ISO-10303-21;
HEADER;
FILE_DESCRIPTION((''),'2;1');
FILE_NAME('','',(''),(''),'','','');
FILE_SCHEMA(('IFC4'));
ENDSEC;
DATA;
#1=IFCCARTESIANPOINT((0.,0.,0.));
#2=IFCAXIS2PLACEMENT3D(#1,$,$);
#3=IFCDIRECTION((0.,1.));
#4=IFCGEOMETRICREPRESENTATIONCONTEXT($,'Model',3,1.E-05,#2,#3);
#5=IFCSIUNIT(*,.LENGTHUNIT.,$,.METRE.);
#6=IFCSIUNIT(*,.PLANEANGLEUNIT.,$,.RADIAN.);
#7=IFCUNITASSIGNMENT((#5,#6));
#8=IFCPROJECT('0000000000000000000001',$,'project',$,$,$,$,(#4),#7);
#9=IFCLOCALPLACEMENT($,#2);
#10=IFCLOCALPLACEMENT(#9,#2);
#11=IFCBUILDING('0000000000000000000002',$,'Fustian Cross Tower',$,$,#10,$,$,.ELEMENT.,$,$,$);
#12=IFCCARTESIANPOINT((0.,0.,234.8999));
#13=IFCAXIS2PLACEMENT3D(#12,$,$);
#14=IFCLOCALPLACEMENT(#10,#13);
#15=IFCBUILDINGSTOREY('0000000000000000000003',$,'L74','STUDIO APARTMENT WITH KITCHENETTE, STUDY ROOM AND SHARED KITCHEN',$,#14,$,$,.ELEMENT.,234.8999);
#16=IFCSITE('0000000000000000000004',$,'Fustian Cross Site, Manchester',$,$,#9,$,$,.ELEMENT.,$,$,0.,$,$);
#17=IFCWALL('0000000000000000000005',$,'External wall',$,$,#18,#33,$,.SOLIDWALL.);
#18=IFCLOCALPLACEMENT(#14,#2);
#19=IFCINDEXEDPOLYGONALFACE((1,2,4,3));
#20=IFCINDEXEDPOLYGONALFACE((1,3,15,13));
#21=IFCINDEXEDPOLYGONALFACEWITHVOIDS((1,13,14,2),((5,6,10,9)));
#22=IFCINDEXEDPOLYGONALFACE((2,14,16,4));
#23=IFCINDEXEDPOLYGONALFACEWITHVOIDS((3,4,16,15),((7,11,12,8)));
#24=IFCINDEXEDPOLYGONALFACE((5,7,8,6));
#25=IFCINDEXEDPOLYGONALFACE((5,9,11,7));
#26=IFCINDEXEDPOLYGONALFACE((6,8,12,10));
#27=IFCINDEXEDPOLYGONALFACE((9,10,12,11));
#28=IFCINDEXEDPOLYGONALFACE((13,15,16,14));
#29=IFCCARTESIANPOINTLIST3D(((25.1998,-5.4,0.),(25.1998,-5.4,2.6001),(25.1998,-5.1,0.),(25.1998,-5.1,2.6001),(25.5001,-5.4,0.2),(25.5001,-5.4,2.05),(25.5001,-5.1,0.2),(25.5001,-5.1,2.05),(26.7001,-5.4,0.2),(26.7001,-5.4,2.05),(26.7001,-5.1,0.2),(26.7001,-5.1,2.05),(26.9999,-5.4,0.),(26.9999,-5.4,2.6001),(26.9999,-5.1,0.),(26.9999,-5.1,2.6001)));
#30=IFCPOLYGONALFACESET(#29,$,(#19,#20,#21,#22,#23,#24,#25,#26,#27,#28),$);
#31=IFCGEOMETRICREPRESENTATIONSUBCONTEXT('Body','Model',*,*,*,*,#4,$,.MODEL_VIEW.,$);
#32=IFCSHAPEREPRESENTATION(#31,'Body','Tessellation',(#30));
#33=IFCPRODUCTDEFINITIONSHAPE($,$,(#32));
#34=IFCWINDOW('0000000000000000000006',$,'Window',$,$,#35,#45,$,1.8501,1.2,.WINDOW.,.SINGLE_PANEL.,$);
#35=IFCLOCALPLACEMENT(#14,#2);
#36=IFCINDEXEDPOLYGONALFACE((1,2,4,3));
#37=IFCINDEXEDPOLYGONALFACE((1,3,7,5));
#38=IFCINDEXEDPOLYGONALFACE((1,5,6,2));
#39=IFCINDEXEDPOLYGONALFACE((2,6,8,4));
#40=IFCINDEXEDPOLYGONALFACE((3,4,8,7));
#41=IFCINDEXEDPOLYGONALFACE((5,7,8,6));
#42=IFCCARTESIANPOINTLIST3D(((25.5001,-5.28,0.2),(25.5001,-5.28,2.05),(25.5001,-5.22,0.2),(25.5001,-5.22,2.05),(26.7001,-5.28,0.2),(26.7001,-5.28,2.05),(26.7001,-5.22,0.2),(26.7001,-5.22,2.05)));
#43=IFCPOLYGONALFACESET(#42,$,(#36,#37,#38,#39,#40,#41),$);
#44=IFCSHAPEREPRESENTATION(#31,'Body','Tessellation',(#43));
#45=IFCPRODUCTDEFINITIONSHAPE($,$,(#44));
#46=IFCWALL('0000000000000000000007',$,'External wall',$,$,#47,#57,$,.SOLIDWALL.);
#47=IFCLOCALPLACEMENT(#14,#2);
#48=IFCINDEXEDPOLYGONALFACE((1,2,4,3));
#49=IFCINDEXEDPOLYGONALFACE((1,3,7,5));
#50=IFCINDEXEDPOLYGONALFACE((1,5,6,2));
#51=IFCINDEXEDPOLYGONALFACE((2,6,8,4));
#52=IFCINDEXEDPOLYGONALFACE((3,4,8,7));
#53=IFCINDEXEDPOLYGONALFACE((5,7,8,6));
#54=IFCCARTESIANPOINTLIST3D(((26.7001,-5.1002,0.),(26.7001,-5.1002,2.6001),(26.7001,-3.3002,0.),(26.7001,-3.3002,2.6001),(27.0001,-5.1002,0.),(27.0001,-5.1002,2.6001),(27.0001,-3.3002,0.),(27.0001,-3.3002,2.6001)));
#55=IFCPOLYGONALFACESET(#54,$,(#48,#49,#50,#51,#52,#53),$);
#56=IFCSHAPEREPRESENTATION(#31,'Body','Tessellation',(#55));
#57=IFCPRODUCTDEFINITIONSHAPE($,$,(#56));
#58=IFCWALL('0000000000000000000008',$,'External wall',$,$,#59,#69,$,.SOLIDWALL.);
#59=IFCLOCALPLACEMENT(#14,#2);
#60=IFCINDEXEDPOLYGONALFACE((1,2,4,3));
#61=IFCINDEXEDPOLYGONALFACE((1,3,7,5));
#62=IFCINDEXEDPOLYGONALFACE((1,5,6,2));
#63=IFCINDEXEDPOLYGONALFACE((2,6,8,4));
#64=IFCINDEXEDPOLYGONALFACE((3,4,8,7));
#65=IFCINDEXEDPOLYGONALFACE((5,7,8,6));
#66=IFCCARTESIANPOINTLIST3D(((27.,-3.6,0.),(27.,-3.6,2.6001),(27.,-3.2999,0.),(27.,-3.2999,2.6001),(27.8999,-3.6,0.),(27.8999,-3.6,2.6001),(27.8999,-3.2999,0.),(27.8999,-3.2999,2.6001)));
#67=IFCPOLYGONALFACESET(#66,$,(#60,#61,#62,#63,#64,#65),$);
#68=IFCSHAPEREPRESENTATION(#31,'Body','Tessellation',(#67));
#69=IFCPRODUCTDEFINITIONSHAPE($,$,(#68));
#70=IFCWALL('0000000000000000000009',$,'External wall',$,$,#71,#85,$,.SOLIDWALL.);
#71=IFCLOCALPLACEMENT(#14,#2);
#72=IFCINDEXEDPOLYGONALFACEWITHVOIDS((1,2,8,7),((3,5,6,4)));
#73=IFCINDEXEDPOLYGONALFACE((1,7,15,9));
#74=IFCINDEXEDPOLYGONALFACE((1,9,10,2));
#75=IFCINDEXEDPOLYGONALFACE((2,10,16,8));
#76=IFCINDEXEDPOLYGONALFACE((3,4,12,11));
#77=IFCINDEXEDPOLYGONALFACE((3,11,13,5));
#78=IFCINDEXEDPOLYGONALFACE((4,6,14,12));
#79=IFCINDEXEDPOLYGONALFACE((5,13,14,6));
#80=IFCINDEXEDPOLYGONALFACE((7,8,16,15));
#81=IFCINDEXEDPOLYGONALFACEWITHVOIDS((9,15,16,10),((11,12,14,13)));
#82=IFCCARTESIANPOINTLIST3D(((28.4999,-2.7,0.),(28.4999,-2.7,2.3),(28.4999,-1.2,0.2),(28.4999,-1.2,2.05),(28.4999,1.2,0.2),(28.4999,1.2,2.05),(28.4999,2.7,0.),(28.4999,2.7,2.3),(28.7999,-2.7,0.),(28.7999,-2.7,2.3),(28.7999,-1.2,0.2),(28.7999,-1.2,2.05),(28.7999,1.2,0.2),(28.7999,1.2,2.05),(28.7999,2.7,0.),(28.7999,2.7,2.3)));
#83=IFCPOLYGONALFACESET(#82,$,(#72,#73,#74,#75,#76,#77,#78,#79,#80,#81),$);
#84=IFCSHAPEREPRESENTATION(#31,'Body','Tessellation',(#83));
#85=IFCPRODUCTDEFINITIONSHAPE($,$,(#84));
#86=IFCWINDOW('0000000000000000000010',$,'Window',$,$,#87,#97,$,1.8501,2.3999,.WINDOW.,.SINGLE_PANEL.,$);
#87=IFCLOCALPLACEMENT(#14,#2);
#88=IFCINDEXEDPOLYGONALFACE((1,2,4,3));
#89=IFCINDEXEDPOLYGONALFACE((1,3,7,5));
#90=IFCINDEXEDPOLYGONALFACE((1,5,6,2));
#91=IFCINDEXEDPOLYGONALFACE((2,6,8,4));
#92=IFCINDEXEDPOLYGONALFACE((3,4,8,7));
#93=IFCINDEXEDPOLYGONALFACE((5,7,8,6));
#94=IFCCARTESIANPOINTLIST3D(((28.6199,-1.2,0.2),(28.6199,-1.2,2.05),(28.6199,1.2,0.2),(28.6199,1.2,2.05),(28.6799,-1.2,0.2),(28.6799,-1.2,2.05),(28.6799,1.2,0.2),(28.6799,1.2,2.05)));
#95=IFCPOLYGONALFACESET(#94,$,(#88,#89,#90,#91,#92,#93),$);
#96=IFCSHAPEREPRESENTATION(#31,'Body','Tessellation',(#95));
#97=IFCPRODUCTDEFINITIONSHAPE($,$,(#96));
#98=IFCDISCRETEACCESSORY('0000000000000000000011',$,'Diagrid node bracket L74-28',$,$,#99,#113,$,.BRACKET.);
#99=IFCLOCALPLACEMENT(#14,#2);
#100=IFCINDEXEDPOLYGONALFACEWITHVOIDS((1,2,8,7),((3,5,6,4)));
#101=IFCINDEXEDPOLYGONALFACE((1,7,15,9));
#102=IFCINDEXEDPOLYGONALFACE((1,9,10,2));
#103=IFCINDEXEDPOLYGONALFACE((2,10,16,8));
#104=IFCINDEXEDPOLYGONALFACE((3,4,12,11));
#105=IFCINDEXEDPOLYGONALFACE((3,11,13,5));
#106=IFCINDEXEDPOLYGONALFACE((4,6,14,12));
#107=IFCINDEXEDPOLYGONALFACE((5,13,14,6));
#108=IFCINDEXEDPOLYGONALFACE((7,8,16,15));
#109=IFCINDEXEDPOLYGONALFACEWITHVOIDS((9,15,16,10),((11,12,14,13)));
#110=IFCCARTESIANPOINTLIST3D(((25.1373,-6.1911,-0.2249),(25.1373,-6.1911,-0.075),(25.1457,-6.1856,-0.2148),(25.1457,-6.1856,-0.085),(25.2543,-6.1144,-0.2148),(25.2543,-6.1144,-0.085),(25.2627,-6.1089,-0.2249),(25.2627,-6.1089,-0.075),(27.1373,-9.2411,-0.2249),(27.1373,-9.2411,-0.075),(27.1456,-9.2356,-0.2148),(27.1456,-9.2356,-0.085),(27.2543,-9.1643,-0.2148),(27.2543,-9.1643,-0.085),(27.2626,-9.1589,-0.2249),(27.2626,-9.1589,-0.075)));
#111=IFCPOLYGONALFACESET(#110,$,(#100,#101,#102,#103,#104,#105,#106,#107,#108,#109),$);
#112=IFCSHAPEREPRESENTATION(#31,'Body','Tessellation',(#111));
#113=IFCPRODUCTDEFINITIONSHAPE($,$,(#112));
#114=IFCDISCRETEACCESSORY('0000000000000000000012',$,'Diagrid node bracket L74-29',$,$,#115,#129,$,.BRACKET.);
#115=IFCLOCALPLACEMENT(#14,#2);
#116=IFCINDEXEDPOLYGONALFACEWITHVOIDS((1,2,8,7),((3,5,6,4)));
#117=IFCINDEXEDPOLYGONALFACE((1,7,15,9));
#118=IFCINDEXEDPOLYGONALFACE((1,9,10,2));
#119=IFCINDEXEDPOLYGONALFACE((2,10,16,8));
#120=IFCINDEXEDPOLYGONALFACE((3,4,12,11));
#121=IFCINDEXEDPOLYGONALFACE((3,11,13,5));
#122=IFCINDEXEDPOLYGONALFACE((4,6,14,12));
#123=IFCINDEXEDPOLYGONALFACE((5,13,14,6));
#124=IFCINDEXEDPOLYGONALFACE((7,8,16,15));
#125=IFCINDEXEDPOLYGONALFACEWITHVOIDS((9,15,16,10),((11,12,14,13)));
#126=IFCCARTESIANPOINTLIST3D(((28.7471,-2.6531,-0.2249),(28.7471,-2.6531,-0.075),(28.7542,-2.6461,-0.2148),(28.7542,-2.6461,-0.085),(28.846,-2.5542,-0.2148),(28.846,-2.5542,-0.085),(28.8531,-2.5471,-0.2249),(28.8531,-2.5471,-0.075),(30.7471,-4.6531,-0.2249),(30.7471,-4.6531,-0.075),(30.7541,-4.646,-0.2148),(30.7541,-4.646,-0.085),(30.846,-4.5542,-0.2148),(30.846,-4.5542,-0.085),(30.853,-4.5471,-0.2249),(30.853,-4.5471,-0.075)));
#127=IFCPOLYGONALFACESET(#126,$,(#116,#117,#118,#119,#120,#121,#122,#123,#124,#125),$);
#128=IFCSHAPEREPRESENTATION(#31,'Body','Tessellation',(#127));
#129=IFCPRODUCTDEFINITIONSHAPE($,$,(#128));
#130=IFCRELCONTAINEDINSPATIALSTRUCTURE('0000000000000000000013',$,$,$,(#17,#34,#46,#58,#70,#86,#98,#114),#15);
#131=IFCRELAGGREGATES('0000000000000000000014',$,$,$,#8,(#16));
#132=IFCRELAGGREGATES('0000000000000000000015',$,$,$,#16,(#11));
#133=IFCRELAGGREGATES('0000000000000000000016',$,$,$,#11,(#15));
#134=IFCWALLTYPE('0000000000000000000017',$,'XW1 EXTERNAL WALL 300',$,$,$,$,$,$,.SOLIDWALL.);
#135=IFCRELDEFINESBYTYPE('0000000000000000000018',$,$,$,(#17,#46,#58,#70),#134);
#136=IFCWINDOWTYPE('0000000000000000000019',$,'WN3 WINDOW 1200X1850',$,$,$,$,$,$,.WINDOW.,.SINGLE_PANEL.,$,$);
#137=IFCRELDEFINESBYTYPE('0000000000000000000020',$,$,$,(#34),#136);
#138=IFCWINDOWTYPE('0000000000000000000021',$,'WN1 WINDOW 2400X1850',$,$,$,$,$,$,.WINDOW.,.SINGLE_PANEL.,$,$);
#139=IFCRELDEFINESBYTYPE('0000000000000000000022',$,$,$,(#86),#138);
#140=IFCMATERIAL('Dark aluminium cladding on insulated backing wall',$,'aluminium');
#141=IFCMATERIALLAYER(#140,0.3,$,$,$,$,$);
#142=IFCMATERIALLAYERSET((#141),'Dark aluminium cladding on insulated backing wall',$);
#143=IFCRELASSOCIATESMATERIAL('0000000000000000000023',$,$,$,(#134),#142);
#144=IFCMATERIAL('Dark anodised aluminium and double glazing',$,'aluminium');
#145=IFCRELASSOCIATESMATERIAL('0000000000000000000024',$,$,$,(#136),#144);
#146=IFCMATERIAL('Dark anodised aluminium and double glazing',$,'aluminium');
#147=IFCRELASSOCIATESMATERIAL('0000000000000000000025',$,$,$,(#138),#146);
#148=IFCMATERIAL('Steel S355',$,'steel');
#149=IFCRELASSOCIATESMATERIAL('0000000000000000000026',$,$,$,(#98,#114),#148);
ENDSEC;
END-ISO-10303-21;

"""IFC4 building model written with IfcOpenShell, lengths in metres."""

from ifc_helpers import new_model, si_unit, direction, frame, frame_2d, origin, origin_2d, place, context, subcontext, project, spatial, rectangle, hollow_rectangle, extrude, material, layer, layer_set, type_object, element, fill, save


model = new_model("IFC4")

# Units and contexts
model_context = context("Model", 3, precision=1e-05, world=origin(), true_north=direction((0.0, 1.0)))
body_context = subcontext(model_context, "Body", "Model", "MODEL_VIEW")
ifc_project = project(units=[si_unit("LENGTHUNIT", "METRE"), si_unit("PLANEANGLEUNIT", "RADIAN")], contexts=[model_context])

# Site, building, storey
site_placement = place(None, origin())
site = spatial("IfcSite", under=ifc_project, at=site_placement, Name="Fustian Cross Site, Manchester", CompositionType="ELEMENT", RefElevation=0.0)
building_placement = place(site_placement, origin())
building = spatial("IfcBuilding", under=site, at=building_placement, Name="Fustian Cross Tower", CompositionType="ELEMENT")
storey_placement = place(building_placement, frame((0.0, 0.0, 234.8999)))
storey = spatial("IfcBuildingStorey", under=building, at=storey_placement, Name="L74", Description="STUDIO APARTMENT WITH KITCHENETTE, STUDY ROOM AND SHARED KITCHEN", CompositionType="ELEMENT", Elevation=234.8999)

# Shared definitions
ifc_material_1 = material(Name="Dark aluminium cladding on insulated backing wall", Category="aluminium")
ifc_layer_1 = layer(ifc_material_1, 0.3)
ifc_layer_set_1 = layer_set([ifc_layer_1], Name="Dark aluminium cladding on insulated backing wall")
wall_type_1 = type_object("IfcWallType", Name="XW1 EXTERNAL WALL 300", PredefinedType="SOLIDWALL", material=ifc_layer_set_1)
ifc_material_2 = material(Name="Dark anodised aluminium and double glazing", Category="aluminium")
window_type_1 = type_object("IfcWindowType", Name="WN3 WINDOW 1200X1850", PartitioningType="SINGLE_PANEL", PredefinedType="WINDOW", material=ifc_material_2)

# Wall, opening, window
wall_1_placement = place(storey_placement, frame((25.2, -5.25, 0.0), z_axis=(0.0, 0.0, 1.0), x_axis=(1.0, 0.0, 0.0)))
wall_1 = element("IfcWall", 1, at=wall_1_placement, inside=storey, type_object=wall_type_1, Name="External wall", PredefinedType="SOLIDWALL", context=body_context, shape_type="SweptSolid", body=[
    extrude(rectangle(XDim=1.8, YDim=0.3, at=frame_2d((0.8999, 0.0))), origin(), (0.0, 0.0, 1.0), 2.6001),
])
opening_1_placement = place(wall_1_placement, frame((0.3, 0.0, 0.2)))
opening_1 = element("IfcOpeningElement", 2, at=opening_1_placement, cuts=wall_1, PredefinedType="OPENING", context=body_context, shape_type="SweptSolid", body=[
    extrude(rectangle(XDim=1.2, YDim=1.8501, at=frame_2d((0.6001, 0.925))), frame((0.0, 0.1599, 0.0), z_axis=(0.0, -1.0, 0.0), x_axis=(1.0, 0.0, 0.0)), (0.0, 0.0, 1.0), 0.3201),
])
window_1_placement = place(opening_1_placement, origin())
window_1 = element("IfcWindow", 3, at=window_1_placement, inside=storey, type_object=window_type_1, Name="Window", OverallHeight=1.8501, OverallWidth=1.2, PartitioningType="SINGLE_PANEL", PredefinedType="WINDOW", context=body_context, shape_type="SweptSolid", body=[
    extrude(rectangle(XDim=1.2, YDim=1.8501, at=frame_2d((0.6001, 0.925))), frame((0.0, 0.03, 0.0), z_axis=(0.0, -1.0, 0.0), x_axis=(1.0, 0.0, 0.0)), (0.0, 0.0, 1.0), 0.0601),
])
fill(opening_1, window_1)

# Walls
wall_2_placement = place(storey_placement, frame((26.8501, -5.1001, 0.0), z_axis=(0.0, 0.0, 1.0), x_axis=(0.0, 1.0, 0.0)))
element("IfcWall", 4, at=wall_2_placement, inside=storey, type_object=wall_type_1, Name="External wall", PredefinedType="SOLIDWALL", context=body_context, shape_type="SweptSolid", body=[
    extrude(rectangle(XDim=1.8, YDim=0.3, at=frame_2d((0.8999, 0.0))), origin(), (0.0, 0.0, 1.0), 2.6001),
])
wall_3_placement = place(storey_placement, frame((27.0, -3.45, 0.0), z_axis=(0.0, 0.0, 1.0), x_axis=(1.0, 0.0, 0.0)))
element("IfcWall", 5, at=wall_3_placement, inside=storey, type_object=wall_type_1, Name="External wall", PredefinedType="SOLIDWALL", context=body_context, shape_type="SweptSolid", body=[
    extrude(rectangle(XDim=0.8999, YDim=0.3, at=frame_2d((0.45, 0.0))), origin(), (0.0, 0.0, 1.0), 2.6001),
])

# Wall, opening, window
wall_4_placement = place(storey_placement, frame((28.6499, -2.7, 0.0), z_axis=(0.0, 0.0, 1.0), x_axis=(0.0, 1.0, 0.0)))
wall_4 = element("IfcWall", 6, at=wall_4_placement, inside=storey, type_object=wall_type_1, Name="External wall", PredefinedType="SOLIDWALL", context=body_context, shape_type="SweptSolid", body=[
    extrude(rectangle(XDim=5.3999, YDim=0.3, at=frame_2d((2.7, 0.0))), origin(), (0.0, 0.0, 1.0), 2.3),
])
opening_2_placement = place(wall_4_placement, frame((1.5, 0.0, 0.2)))
opening_2 = element("IfcOpeningElement", 7, at=opening_2_placement, cuts=wall_4, PredefinedType="OPENING", context=body_context, shape_type="SweptSolid", body=[
    extrude(rectangle(XDim=2.3999, YDim=1.8501, at=frame_2d((1.2, 0.925))), frame((0.0, 0.1599, 0.0), z_axis=(0.0, -1.0, 0.0), x_axis=(1.0, 0.0, 0.0)), (0.0, 0.0, 1.0), 0.3201),
])
ifc_material_3 = material(Name="Dark anodised aluminium and double glazing", Category="aluminium")
window_type_2 = type_object("IfcWindowType", Name="WN1 WINDOW 2400X1850", PartitioningType="SINGLE_PANEL", PredefinedType="WINDOW", material=ifc_material_3)
window_2_placement = place(opening_2_placement, origin())
window_2 = element("IfcWindow", 8, at=window_2_placement, inside=storey, type_object=window_type_2, Name="Window", OverallHeight=1.8501, OverallWidth=2.3999, PartitioningType="SINGLE_PANEL", PredefinedType="WINDOW", context=body_context, shape_type="SweptSolid", body=[
    extrude(rectangle(XDim=2.3999, YDim=1.8501, at=frame_2d((1.2, 0.925))), frame((0.0, 0.03, 0.0), z_axis=(0.0, -1.0, 0.0), x_axis=(1.0, 0.0, 0.0)), (0.0, 0.0, 1.0), 0.0601),
])
fill(opening_2, window_2)

# Discrete accessories
ifc_material_4 = material(Name="Steel S355", Category="steel")
discrete_accessory_1_placement = place(storey_placement, frame((27.2, -9.2, -0.1499), z_axis=(-0.548351, 0.836248, 0.0), x_axis=(-0.836248, -0.548351, 0.0)))
element("IfcDiscreteAccessory", 9, at=discrete_accessory_1_placement, inside=storey, material=ifc_material_4, Name="Diagrid node bracket L74-28", PredefinedType="BRACKET", context=body_context, shape_type="SweptSolid", body=[
    extrude(hollow_rectangle(XDim=0.1499, YDim=0.1499, WallThickness=0.01, at=origin_2d()), origin(), (0.0, 0.0, 1.0), 3.6472),
])
discrete_accessory_2_placement = place(storey_placement, frame((30.8, -4.6001, -0.1499), z_axis=(-0.707107, 0.707107, 0.0), x_axis=(-0.707107, -0.707107, 0.0)))
element("IfcDiscreteAccessory", 10, at=discrete_accessory_2_placement, inside=storey, material=ifc_material_4, Name="Diagrid node bracket L74-29", PredefinedType="BRACKET", context=body_context, shape_type="SweptSolid", body=[
    extrude(hollow_rectangle(XDim=0.1499, YDim=0.1499, WallThickness=0.01, at=origin_2d()), origin(), (0.0, 0.0, 1.0), 2.8284),
])

save(model, "model.ifc")
